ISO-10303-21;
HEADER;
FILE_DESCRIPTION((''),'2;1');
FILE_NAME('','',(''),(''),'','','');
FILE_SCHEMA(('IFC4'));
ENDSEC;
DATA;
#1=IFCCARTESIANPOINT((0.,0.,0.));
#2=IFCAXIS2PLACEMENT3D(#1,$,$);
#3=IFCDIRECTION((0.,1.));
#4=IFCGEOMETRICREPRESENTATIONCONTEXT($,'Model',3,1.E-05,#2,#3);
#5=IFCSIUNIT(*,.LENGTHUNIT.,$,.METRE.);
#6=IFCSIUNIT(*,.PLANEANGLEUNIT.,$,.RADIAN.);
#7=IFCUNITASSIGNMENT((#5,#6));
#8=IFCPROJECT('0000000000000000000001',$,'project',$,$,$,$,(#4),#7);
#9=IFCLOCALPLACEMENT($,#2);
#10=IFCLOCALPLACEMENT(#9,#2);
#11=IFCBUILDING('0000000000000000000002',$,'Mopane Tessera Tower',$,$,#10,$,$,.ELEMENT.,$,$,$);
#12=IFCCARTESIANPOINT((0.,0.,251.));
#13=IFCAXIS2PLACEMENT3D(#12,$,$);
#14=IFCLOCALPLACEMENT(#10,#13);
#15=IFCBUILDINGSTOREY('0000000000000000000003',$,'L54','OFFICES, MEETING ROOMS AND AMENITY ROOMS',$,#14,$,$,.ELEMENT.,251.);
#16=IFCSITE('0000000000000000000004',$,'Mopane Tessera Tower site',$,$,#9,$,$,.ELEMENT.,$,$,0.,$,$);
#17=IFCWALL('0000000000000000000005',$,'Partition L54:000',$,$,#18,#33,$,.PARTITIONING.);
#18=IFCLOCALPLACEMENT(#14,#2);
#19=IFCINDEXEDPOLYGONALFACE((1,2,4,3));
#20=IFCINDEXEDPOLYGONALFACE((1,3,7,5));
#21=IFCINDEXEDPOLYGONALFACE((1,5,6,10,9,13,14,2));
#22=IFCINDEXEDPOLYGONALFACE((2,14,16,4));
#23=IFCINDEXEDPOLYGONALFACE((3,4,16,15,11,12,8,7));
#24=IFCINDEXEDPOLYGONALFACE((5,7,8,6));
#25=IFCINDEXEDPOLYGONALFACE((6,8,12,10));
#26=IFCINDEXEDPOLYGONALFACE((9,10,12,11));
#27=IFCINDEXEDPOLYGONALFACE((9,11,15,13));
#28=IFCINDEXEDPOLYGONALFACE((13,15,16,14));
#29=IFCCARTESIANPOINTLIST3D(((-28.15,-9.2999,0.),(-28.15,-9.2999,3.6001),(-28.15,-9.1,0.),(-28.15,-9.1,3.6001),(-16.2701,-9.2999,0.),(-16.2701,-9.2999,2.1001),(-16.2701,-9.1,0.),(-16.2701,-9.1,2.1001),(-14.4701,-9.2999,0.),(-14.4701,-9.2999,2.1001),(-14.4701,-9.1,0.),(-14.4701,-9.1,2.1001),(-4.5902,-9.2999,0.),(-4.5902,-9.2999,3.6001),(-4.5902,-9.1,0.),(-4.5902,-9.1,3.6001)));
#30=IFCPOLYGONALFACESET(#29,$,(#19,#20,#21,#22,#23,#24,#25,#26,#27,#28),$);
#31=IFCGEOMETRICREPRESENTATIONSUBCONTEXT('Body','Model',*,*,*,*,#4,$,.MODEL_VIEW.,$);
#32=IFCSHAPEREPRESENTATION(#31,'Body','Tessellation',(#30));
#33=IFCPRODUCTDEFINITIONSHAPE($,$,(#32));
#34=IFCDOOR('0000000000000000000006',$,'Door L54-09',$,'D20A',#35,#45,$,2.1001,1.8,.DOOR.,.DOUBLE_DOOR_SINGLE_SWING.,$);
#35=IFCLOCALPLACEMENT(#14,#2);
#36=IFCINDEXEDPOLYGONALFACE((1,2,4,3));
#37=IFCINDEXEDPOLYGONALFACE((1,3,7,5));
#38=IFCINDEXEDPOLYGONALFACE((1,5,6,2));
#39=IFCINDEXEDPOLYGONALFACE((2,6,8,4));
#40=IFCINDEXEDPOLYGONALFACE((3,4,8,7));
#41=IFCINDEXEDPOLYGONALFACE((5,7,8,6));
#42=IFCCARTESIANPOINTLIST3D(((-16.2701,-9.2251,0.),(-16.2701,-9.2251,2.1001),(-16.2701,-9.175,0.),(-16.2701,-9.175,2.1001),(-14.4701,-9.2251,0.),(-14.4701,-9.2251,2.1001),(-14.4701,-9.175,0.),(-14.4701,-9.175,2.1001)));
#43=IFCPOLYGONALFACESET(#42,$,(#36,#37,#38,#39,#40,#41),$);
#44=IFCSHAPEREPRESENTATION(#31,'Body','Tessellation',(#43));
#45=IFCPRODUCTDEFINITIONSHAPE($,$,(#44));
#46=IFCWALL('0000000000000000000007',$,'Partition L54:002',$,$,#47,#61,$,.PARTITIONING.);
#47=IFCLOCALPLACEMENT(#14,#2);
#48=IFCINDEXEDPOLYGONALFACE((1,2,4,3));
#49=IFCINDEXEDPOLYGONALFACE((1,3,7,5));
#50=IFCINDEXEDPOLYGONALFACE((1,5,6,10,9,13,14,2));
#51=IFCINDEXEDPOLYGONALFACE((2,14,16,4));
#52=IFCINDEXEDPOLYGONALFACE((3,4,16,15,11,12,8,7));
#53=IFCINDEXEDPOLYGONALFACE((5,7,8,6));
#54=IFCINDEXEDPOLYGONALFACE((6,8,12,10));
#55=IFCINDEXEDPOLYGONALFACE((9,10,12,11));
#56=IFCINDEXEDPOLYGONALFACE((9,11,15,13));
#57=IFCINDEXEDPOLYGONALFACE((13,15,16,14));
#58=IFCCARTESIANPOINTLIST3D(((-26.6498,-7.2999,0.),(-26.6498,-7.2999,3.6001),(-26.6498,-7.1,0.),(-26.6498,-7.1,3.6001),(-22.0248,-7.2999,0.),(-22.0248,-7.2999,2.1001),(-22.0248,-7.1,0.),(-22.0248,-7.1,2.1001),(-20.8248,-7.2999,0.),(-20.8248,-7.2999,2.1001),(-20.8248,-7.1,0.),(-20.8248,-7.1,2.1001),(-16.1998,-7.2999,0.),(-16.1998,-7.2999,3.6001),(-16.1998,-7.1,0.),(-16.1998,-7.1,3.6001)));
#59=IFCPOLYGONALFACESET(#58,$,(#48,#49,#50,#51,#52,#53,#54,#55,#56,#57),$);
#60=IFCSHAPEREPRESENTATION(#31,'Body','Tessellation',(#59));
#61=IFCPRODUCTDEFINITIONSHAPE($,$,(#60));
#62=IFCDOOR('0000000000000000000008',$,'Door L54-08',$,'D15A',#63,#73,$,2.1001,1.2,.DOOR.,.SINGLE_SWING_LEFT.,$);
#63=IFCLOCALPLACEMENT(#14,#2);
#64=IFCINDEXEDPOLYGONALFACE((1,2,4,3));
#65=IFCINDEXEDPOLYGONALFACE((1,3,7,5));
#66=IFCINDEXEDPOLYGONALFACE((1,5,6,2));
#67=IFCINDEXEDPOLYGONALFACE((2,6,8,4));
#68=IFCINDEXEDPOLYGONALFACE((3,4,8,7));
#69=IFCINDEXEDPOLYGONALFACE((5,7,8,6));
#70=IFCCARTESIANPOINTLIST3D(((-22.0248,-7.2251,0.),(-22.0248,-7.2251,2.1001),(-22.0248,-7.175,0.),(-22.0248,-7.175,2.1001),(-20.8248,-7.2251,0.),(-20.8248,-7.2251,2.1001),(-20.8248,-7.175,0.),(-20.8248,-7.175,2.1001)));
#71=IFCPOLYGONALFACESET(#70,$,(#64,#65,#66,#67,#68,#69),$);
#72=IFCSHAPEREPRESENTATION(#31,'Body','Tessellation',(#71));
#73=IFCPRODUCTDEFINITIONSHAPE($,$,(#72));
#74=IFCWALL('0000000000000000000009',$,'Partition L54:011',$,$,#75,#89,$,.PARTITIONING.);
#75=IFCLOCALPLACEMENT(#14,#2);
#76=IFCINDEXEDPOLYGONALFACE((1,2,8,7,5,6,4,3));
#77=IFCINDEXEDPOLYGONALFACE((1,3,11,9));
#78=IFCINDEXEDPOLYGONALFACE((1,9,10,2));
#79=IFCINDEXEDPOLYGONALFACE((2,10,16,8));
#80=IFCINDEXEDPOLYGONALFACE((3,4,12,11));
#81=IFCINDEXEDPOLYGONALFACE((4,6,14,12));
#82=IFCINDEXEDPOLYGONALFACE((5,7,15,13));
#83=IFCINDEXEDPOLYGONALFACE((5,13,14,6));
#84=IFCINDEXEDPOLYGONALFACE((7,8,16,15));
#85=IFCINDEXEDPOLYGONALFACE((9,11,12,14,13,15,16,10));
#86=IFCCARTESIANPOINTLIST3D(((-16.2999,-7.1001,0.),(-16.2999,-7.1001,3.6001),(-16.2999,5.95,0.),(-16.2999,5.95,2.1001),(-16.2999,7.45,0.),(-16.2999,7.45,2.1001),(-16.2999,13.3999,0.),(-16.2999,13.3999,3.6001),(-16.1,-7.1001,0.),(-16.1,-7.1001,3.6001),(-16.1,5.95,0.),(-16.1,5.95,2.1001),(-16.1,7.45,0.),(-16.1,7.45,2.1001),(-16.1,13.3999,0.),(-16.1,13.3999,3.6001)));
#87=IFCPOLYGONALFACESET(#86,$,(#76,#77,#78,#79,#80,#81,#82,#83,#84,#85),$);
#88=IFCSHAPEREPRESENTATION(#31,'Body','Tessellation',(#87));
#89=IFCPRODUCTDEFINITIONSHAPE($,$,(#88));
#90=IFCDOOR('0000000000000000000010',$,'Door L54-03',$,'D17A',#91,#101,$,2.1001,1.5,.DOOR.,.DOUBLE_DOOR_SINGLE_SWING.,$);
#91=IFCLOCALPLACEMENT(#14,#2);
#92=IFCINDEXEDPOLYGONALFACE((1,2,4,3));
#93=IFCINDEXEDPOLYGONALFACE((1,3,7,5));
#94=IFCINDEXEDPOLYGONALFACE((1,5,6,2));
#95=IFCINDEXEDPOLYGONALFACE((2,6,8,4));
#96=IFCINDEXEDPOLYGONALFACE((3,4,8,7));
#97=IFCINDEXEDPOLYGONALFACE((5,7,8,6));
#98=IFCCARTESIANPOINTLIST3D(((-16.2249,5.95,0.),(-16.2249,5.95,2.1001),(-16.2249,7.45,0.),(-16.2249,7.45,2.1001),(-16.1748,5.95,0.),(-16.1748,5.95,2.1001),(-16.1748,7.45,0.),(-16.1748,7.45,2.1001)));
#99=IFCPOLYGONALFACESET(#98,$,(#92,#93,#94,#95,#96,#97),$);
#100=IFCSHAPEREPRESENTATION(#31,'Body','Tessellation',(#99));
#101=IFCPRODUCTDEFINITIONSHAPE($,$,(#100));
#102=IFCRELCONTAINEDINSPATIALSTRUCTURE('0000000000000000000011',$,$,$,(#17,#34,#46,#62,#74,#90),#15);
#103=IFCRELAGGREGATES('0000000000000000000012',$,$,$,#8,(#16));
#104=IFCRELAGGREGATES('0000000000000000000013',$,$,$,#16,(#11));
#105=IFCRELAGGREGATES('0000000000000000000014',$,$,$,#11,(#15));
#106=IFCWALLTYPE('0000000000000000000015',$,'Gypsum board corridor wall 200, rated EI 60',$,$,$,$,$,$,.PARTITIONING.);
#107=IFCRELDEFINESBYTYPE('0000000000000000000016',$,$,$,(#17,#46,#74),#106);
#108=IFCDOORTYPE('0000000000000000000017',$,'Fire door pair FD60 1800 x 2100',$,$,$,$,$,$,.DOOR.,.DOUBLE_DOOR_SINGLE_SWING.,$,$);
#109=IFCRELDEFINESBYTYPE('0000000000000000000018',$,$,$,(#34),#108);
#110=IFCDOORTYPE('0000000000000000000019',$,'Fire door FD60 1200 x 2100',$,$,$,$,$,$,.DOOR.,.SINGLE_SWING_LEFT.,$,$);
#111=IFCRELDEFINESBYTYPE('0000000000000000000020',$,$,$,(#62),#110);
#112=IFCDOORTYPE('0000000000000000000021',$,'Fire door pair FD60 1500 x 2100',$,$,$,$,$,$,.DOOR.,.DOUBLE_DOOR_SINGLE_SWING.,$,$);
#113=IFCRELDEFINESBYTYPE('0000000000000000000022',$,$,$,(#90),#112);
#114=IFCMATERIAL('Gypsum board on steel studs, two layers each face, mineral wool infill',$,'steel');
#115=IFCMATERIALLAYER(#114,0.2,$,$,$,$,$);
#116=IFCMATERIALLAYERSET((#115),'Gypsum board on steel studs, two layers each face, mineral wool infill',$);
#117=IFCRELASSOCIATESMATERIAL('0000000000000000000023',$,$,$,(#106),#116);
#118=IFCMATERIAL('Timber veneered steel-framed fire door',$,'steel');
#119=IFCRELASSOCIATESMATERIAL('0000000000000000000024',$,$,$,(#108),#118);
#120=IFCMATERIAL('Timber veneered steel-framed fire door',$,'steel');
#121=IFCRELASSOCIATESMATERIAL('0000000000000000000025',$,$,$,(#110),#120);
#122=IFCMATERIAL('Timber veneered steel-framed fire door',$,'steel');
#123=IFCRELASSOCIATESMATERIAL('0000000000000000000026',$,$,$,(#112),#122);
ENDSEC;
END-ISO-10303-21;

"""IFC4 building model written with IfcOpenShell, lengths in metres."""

from ifc_helpers import new_model, si_unit, direction, frame, frame_2d, origin, place, context, subcontext, project, spatial, rectangle, extrude, material, layer, layer_set, type_object, element, fill, save


model = new_model("IFC4")

# Units and contexts
model_context = context("Model", 3, precision=1e-05, world=origin(), true_north=direction((0.0, 1.0)))
body_context = subcontext(model_context, "Body", "Model", "MODEL_VIEW")
ifc_project = project(units=[si_unit("LENGTHUNIT", "METRE"), si_unit("PLANEANGLEUNIT", "RADIAN")], contexts=[model_context])

# Site, building, storey
site_placement = place(None, origin())
site = spatial("IfcSite", under=ifc_project, at=site_placement, Name="Mopane Tessera Tower site", CompositionType="ELEMENT", RefElevation=0.0)
building_placement = place(site_placement, origin())
building = spatial("IfcBuilding", under=site, at=building_placement, Name="Mopane Tessera Tower", CompositionType="ELEMENT")
storey_placement = place(building_placement, frame((0.0, 0.0, 251.0)))
storey = spatial("IfcBuildingStorey", under=building, at=storey_placement, Name="L54", Description="OFFICES, MEETING ROOMS AND AMENITY ROOMS", CompositionType="ELEMENT", Elevation=251.0)

# Walls, openings, doors
ifc_material_1 = material(Name="Gypsum board on steel studs, two layers each face, mineral wool infill", Category="steel")
ifc_layer_1 = layer(ifc_material_1, 0.2)
ifc_layer_set_1 = layer_set([ifc_layer_1], Name="Gypsum board on steel studs, two layers each face, mineral wool infill")
wall_type_1 = type_object("IfcWallType", Name="Gypsum board corridor wall 200, rated EI 60", PredefinedType="PARTITIONING", material=ifc_layer_set_1)
wall_1_placement = place(storey_placement, frame((-28.1499, -9.2, 0.0), z_axis=(0.0, 0.0, 1.0), x_axis=(1.0, 0.0, 0.0)))
wall_1 = element("IfcWall", 1, at=wall_1_placement, inside=storey, type_object=wall_type_1, Name="Partition L54:000", PredefinedType="PARTITIONING", context=body_context, shape_type="SweptSolid", body=[
    extrude(rectangle(XDim=23.5598, YDim=0.2, at=frame_2d((11.7798, 0.0))), origin(), (0.0, 0.0, 1.0), 3.6001),
])
opening_1_placement = place(wall_1_placement, frame((11.8799, 0.0, 0.0)))
opening_1 = element("IfcOpeningElement", 2, at=opening_1_placement, cuts=wall_1, PredefinedType="OPENING", context=body_context, shape_type="SweptSolid", body=[
    extrude(rectangle(XDim=1.8, YDim=2.1001, at=frame_2d((0.8999, 1.05))), frame((0.0, 0.1121, 0.0), z_axis=(0.0, -1.0, 0.0), x_axis=(1.0, 0.0, 0.0)), (0.0, 0.0, 1.0), 0.2239),
])
ifc_material_2 = material(Name="Timber veneered steel-framed fire door", Category="steel")
door_type_1 = type_object("IfcDoorType", Name="Fire door pair FD60 1800 x 2100", OperationType="DOUBLE_DOOR_SINGLE_SWING", PredefinedType="DOOR", material=ifc_material_2)
door_1_placement = place(opening_1_placement, origin())
door_1 = element("IfcDoor", 3, at=door_1_placement, inside=storey, type_object=door_type_1, Name="Door L54-09", ObjectType="D20A", OperationType="DOUBLE_DOOR_SINGLE_SWING", OverallHeight=2.1001, OverallWidth=1.8, PredefinedType="DOOR", context=body_context, shape_type="SweptSolid", body=[
    extrude(rectangle(XDim=1.8, YDim=2.1001, at=frame_2d((0.8999, 1.05))), frame((0.0, 0.0249, 0.0), z_axis=(0.0, -1.0, 0.0), x_axis=(1.0, 0.0, 0.0)), (0.0, 0.0, 1.0), 0.05),
])
fill(opening_1, door_1)
wall_2_placement = place(storey_placement, frame((-26.6499, -7.2, 0.0), z_axis=(0.0, 0.0, 1.0), x_axis=(1.0, 0.0, 0.0)))
wall_2 = element("IfcWall", 4, at=wall_2_placement, inside=storey, type_object=wall_type_1, Name="Partition L54:002", PredefinedType="PARTITIONING", context=body_context, shape_type="SweptSolid", body=[
    extrude(rectangle(XDim=10.45, YDim=0.2, at=frame_2d((5.2251, 0.0))), origin(), (0.0, 0.0, 1.0), 3.6001),
])
opening_2_placement = place(wall_2_placement, frame((4.625, 0.0, 0.0)))
opening_2 = element("IfcOpeningElement", 5, at=opening_2_placement, cuts=wall_2, PredefinedType="OPENING", context=body_context, shape_type="SweptSolid", body=[
    extrude(rectangle(XDim=1.2, YDim=2.1001, at=frame_2d((0.6001, 1.05))), frame((0.0, 0.1121, 0.0), z_axis=(0.0, -1.0, 0.0), x_axis=(1.0, 0.0, 0.0)), (0.0, 0.0, 1.0), 0.2239),
])
ifc_material_3 = material(Name="Timber veneered steel-framed fire door", Category="steel")
door_type_2 = type_object("IfcDoorType", Name="Fire door FD60 1200 x 2100", OperationType="SINGLE_SWING_LEFT", PredefinedType="DOOR", material=ifc_material_3)
door_2_placement = place(opening_2_placement, origin())
door_2 = element("IfcDoor", 6, at=door_2_placement, inside=storey, type_object=door_type_2, Name="Door L54-08", ObjectType="D15A", OperationType="SINGLE_SWING_LEFT", OverallHeight=2.1001, OverallWidth=1.2, PredefinedType="DOOR", context=body_context, shape_type="SweptSolid", body=[
    extrude(rectangle(XDim=1.2, YDim=2.1001, at=frame_2d((0.6001, 1.05))), frame((0.0, 0.0249, 0.0), z_axis=(0.0, -1.0, 0.0), x_axis=(1.0, 0.0, 0.0)), (0.0, 0.0, 1.0), 0.05),
])
fill(opening_2, door_2)
wall_3_placement = place(storey_placement, frame((-16.2, -7.1001, 0.0), z_axis=(0.0, 0.0, 1.0), x_axis=(0.0, 1.0, 0.0)))
wall_3 = element("IfcWall", 7, at=wall_3_placement, inside=storey, type_object=wall_type_1, Name="Partition L54:011", PredefinedType="PARTITIONING", context=body_context, shape_type="SweptSolid", body=[
    extrude(rectangle(XDim=20.5, YDim=0.2, at=frame_2d((10.25, 0.0))), origin(), (0.0, 0.0, 1.0), 3.6001),
])
opening_3_placement = place(wall_3_placement, frame((13.05, 0.0, 0.0)))
opening_3 = element("IfcOpeningElement", 8, at=opening_3_placement, cuts=wall_3, PredefinedType="OPENING", context=body_context, shape_type="SweptSolid", body=[
    extrude(rectangle(XDim=1.5, YDim=2.1001, at=frame_2d((0.75, 1.05))), frame((0.0, 0.1121, 0.0), z_axis=(0.0, -1.0, 0.0), x_axis=(1.0, 0.0, 0.0)), (0.0, 0.0, 1.0), 0.2239),
])
ifc_material_4 = material(Name="Timber veneered steel-framed fire door", Category="steel")
door_type_3 = type_object("IfcDoorType", Name="Fire door pair FD60 1500 x 2100", OperationType="DOUBLE_DOOR_SINGLE_SWING", PredefinedType="DOOR", material=ifc_material_4)
door_3_placement = place(opening_3_placement, origin())
door_3 = element("IfcDoor", 9, at=door_3_placement, inside=storey, type_object=door_type_3, Name="Door L54-03", ObjectType="D17A", OperationType="DOUBLE_DOOR_SINGLE_SWING", OverallHeight=2.1001, OverallWidth=1.5, PredefinedType="DOOR", context=body_context, shape_type="SweptSolid", body=[
    extrude(rectangle(XDim=1.5, YDim=2.1001, at=frame_2d((0.75, 1.05))), frame((0.0, 0.0249, 0.0), z_axis=(0.0, -1.0, 0.0), x_axis=(1.0, 0.0, 0.0)), (0.0, 0.0, 1.0), 0.05),
])
fill(opening_3, door_3)

save(model, "model.ifc")
